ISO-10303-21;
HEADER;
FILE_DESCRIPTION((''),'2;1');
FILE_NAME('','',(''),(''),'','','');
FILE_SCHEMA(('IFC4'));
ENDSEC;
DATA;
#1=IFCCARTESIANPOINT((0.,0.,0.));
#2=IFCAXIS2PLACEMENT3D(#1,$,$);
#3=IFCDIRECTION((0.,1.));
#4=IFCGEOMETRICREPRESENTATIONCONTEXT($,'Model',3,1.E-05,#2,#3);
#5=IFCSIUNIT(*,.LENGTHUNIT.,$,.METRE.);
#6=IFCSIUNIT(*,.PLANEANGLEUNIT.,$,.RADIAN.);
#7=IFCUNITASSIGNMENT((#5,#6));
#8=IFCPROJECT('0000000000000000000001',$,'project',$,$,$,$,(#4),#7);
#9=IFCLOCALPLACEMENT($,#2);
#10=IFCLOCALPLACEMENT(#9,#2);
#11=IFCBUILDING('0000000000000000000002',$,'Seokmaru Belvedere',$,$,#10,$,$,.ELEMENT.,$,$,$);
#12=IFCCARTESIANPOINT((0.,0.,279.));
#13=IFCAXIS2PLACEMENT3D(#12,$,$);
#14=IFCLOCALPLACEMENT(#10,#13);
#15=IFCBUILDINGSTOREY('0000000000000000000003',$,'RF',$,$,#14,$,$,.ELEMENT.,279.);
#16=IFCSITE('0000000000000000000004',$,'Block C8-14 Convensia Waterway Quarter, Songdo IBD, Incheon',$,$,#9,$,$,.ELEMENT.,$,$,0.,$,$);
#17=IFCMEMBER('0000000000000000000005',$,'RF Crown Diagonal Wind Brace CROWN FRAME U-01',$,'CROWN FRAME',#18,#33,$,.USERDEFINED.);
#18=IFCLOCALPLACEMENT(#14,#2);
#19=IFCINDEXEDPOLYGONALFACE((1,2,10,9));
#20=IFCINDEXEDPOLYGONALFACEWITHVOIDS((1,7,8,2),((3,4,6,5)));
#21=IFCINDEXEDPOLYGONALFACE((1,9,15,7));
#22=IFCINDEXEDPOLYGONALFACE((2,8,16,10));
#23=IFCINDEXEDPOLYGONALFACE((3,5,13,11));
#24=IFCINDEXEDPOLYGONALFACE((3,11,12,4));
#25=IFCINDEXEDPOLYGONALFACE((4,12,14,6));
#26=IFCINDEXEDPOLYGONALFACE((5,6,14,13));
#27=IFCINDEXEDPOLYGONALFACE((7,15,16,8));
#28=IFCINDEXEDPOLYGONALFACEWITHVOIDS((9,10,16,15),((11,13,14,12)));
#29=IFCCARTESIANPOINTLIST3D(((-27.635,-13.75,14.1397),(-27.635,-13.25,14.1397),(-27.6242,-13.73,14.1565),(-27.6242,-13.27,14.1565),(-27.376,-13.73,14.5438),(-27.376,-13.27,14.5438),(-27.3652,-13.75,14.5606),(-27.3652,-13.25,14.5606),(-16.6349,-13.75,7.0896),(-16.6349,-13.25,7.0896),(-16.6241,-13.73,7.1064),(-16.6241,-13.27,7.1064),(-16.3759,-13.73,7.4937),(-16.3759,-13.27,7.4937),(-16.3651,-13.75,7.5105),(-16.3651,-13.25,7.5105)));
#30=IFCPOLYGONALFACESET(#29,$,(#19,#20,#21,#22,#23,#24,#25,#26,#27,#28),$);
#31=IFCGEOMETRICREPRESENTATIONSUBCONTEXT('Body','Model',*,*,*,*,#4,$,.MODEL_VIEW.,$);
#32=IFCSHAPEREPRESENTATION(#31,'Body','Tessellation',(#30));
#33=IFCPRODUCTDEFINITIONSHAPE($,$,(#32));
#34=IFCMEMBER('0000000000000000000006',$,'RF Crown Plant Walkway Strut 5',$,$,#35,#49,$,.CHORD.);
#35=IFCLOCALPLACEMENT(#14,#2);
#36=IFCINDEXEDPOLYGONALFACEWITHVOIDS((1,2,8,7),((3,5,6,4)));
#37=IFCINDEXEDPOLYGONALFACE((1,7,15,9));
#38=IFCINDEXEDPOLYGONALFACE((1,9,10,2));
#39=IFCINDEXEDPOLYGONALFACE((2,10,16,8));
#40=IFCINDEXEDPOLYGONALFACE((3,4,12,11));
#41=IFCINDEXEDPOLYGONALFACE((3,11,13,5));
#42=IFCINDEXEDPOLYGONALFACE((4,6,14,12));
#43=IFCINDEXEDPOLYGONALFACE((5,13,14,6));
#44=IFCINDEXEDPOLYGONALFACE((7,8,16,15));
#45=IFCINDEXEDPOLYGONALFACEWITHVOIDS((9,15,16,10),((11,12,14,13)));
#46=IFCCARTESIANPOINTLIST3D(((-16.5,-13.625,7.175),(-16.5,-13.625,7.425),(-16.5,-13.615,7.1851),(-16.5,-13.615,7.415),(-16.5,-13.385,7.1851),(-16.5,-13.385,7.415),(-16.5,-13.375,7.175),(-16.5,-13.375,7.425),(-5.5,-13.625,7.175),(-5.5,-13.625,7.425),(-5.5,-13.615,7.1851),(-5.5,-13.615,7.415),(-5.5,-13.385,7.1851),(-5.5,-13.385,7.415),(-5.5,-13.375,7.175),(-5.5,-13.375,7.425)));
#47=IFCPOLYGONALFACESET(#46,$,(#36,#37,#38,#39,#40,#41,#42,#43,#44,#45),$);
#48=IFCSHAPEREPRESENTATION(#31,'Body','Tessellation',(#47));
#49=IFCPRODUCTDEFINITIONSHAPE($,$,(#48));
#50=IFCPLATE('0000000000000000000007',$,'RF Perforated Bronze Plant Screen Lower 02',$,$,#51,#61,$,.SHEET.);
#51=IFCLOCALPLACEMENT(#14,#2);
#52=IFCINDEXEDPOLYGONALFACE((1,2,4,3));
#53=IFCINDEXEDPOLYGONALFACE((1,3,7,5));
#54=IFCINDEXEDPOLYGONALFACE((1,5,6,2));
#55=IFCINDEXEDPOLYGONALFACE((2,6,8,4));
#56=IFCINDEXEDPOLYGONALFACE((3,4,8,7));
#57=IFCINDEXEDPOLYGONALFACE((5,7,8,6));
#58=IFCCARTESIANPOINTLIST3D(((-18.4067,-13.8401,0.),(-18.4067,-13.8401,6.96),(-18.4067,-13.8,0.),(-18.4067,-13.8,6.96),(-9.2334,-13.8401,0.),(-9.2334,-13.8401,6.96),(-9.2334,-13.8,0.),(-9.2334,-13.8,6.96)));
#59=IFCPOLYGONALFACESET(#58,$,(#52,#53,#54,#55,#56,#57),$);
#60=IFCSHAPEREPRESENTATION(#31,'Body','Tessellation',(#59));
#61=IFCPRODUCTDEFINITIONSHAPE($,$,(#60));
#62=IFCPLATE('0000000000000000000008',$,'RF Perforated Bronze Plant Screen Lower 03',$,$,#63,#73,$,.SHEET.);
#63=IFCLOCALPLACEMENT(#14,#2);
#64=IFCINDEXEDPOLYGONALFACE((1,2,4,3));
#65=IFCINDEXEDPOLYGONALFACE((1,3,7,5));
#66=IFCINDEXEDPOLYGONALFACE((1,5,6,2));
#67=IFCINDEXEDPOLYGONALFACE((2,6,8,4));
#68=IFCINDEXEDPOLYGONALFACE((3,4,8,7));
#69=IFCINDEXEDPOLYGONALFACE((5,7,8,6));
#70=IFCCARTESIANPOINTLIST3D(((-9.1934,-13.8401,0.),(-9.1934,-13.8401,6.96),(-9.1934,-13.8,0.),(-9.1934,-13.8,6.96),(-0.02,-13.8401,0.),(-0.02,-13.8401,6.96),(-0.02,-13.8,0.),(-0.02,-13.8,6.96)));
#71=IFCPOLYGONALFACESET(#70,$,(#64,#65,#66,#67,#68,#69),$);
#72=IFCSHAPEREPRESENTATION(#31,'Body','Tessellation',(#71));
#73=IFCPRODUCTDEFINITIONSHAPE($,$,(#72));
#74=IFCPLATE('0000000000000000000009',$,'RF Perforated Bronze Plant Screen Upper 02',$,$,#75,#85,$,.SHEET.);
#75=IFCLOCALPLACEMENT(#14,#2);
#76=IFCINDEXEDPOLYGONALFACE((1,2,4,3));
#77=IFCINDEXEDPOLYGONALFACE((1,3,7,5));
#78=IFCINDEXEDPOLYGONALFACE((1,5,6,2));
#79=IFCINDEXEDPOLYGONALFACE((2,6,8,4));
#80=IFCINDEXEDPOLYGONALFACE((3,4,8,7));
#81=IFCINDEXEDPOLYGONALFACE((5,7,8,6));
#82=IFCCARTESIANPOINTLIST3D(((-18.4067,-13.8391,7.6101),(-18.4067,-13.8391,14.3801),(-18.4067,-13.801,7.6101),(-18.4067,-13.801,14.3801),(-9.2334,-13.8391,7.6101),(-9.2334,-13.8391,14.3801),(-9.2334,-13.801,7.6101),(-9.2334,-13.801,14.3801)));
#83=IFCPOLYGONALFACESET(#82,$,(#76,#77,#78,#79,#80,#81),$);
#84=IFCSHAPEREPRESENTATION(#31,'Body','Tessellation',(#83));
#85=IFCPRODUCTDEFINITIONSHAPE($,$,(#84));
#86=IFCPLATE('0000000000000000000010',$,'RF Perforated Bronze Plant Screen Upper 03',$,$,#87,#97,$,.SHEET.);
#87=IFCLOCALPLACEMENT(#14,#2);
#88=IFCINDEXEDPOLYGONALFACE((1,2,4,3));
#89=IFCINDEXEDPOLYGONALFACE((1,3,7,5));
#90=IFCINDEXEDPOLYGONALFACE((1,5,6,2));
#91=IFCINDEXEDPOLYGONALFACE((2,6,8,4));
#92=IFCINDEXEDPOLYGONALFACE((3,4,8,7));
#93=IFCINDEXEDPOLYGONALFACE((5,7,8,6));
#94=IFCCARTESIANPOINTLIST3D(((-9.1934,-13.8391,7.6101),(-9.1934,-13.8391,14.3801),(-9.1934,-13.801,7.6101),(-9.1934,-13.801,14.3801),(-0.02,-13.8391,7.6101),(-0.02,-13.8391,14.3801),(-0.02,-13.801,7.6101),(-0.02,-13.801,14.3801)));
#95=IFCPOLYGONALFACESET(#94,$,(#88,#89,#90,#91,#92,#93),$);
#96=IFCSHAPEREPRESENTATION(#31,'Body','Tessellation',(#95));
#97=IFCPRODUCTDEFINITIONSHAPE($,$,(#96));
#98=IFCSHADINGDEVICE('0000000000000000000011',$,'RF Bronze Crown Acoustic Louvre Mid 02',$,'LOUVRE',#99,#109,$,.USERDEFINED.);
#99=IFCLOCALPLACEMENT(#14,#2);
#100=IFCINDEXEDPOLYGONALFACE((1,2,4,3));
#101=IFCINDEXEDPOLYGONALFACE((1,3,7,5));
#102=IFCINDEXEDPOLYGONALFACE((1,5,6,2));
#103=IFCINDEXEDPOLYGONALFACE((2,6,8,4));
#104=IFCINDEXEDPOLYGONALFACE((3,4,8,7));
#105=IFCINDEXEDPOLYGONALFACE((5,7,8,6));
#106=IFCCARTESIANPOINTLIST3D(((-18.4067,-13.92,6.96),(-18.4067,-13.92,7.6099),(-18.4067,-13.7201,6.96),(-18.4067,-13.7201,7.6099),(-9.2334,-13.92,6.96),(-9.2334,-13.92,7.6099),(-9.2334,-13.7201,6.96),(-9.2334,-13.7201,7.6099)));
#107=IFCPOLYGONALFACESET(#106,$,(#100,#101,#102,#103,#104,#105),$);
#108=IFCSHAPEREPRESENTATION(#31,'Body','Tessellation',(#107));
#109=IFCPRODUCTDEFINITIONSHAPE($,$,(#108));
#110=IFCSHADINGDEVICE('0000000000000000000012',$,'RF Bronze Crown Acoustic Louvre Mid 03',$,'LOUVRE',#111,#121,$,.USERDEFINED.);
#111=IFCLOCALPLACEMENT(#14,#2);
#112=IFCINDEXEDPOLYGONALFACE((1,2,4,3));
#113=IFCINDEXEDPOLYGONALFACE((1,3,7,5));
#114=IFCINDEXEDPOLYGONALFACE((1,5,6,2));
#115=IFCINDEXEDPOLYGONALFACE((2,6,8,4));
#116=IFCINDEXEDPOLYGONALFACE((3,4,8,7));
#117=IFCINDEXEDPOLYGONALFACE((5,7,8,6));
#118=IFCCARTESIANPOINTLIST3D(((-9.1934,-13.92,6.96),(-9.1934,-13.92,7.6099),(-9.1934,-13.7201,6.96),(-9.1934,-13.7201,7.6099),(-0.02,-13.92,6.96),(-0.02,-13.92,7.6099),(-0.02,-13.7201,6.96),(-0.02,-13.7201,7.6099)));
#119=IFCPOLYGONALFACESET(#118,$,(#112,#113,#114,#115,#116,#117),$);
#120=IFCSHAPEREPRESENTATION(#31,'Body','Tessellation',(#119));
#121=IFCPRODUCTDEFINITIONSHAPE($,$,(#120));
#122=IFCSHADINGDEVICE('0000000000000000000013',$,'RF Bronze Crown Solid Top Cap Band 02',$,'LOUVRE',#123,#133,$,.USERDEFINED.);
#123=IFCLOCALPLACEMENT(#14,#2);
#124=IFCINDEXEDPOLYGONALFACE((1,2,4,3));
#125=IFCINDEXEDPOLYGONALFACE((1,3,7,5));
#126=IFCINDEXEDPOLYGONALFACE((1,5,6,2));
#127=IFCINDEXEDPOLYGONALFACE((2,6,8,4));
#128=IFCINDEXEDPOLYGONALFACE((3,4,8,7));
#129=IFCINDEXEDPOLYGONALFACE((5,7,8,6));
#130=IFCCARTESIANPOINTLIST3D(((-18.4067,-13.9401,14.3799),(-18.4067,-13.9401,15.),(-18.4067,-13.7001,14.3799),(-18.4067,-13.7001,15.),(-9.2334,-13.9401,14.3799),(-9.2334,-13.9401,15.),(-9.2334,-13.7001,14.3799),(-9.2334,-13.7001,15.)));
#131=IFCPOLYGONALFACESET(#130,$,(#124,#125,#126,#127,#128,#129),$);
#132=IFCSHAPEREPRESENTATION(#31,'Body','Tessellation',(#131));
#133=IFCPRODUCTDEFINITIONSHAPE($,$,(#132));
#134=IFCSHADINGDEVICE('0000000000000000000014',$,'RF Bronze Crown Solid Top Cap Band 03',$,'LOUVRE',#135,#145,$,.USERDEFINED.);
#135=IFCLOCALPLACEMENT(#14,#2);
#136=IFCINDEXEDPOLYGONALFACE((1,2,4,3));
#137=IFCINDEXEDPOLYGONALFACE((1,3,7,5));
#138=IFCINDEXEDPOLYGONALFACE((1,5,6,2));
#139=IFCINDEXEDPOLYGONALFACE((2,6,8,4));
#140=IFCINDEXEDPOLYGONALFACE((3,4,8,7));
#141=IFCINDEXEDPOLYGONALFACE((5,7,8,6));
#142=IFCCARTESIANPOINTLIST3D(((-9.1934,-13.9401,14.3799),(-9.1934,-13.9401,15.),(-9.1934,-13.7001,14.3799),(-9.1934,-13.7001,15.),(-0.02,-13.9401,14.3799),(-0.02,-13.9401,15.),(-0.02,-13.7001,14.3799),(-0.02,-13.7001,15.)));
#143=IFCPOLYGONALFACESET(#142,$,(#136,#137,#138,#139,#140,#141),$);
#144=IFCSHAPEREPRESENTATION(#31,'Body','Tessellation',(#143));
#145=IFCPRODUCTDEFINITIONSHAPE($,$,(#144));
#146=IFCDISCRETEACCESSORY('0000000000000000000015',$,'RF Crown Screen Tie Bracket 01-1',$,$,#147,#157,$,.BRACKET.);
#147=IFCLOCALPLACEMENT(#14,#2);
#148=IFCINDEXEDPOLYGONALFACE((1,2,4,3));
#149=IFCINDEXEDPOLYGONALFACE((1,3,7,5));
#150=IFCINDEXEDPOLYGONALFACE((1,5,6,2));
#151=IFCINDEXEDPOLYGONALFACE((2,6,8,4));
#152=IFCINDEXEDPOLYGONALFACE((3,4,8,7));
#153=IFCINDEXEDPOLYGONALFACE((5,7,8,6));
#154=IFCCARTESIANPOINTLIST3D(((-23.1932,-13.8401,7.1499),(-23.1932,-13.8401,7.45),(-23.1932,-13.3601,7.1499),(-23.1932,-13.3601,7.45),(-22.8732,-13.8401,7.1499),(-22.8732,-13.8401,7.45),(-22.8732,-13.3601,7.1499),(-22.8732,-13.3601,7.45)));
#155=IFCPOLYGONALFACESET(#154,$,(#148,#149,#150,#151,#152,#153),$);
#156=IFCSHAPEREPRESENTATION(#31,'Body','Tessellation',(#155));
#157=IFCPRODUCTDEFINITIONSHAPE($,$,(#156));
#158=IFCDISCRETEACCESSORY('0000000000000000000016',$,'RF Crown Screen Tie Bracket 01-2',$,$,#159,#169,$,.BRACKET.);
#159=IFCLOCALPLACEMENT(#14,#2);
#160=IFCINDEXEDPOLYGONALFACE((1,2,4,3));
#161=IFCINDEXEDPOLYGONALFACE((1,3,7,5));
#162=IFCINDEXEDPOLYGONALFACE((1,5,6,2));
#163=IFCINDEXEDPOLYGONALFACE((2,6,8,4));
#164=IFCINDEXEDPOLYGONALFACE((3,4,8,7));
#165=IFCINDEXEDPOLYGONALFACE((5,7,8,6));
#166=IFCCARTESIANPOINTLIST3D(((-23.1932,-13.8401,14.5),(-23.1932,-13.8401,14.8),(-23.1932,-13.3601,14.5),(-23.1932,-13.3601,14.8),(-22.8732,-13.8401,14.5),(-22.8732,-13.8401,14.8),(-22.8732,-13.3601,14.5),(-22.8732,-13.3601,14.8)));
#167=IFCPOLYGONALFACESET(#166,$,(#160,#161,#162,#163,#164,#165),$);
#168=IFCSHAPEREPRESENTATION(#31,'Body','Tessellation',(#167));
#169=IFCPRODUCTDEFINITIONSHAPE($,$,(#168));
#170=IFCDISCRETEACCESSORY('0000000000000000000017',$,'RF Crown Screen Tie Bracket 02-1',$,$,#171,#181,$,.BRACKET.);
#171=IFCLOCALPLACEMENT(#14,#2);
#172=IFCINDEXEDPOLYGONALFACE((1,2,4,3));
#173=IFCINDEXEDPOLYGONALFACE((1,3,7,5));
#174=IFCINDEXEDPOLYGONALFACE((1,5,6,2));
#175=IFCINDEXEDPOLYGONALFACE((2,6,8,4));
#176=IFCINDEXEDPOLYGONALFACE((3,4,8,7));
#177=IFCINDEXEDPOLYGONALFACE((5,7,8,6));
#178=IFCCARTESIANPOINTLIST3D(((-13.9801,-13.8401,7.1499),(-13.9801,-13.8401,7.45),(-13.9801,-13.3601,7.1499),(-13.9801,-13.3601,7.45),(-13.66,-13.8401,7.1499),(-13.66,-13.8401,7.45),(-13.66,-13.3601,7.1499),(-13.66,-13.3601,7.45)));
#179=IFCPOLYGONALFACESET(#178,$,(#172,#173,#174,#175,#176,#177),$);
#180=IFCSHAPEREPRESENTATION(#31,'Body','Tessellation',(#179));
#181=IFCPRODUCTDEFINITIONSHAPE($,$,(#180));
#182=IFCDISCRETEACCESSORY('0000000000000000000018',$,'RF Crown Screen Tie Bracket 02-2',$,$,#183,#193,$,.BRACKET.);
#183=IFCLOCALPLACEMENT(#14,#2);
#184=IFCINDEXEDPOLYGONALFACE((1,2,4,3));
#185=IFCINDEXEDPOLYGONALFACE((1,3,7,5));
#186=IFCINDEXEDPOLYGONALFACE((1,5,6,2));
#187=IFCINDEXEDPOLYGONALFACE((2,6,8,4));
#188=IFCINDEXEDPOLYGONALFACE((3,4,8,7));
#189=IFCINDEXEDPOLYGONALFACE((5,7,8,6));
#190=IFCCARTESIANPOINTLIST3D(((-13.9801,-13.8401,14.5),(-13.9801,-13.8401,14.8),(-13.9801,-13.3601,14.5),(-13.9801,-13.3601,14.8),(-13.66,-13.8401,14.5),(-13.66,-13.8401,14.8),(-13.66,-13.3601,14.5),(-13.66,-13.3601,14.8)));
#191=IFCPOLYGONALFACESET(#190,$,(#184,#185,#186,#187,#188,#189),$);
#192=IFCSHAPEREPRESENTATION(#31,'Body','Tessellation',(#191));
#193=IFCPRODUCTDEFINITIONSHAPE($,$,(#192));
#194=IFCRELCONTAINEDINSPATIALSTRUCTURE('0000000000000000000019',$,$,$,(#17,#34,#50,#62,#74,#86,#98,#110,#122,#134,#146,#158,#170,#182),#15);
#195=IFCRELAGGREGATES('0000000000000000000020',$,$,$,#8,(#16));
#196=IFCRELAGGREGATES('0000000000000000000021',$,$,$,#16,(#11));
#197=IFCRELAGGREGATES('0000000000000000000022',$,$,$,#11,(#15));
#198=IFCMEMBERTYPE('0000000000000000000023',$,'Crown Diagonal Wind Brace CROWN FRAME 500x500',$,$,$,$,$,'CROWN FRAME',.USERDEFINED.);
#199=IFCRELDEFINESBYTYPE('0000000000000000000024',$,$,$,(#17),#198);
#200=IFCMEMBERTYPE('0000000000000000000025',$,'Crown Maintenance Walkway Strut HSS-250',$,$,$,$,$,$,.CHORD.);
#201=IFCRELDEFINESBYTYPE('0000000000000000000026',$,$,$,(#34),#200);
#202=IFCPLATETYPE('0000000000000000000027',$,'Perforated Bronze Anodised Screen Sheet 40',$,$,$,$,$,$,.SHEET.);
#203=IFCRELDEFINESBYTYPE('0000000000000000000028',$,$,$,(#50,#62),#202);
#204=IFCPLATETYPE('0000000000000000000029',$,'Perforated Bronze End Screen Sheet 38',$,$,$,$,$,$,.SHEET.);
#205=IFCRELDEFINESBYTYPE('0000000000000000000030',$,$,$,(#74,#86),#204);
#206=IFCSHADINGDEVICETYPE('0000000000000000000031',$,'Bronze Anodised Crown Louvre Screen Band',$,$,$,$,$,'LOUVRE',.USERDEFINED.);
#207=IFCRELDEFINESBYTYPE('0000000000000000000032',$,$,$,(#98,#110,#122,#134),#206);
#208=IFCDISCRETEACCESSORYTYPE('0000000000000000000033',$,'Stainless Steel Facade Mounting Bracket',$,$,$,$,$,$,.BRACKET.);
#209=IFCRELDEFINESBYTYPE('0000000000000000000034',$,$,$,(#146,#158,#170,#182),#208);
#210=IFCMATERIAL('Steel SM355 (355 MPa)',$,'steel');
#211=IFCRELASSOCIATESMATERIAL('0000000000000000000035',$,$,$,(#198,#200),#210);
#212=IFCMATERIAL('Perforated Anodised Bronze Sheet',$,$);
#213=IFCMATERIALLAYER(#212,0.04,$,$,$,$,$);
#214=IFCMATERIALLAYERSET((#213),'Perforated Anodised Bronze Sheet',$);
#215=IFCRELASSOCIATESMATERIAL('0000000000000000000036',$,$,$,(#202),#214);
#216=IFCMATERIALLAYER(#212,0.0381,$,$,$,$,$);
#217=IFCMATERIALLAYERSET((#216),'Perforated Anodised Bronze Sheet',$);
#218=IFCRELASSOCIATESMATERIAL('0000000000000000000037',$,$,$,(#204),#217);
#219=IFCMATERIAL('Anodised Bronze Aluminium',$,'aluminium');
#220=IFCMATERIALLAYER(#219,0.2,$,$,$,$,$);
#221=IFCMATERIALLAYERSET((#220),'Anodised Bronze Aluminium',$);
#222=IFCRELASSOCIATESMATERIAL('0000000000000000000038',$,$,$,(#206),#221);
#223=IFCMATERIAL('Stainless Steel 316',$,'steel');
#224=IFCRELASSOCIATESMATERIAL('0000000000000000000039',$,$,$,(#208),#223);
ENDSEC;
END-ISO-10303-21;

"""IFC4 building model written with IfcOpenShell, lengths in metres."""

from ifc_helpers import new_model, si_unit, direction, frame, origin, origin_2d, place, context, subcontext, project, spatial, rectangle, hollow_rectangle, extrude, source, transform, mapped, material, layer, layer_set, material_profile, profile_set, type_object, type_shapes, element, save


model = new_model("IFC4")

# Units and contexts
model_context = context("Model", 3, precision=1e-05, world=origin(), true_north=direction((0.0, 1.0)))
body_context = subcontext(model_context, "Body", "Model", "MODEL_VIEW")
ifc_project = project(units=[si_unit("LENGTHUNIT", "METRE"), si_unit("PLANEANGLEUNIT", "RADIAN")], contexts=[model_context])

# Site, building, storey
site_placement = place(None, origin())
site = spatial("IfcSite", under=ifc_project, at=site_placement, Name="Block C8-14 Convensia Waterway Quarter, Songdo IBD, Incheon", CompositionType="ELEMENT", RefElevation=0.0)
building_placement = place(site_placement, origin())
building = spatial("IfcBuilding", under=site, at=building_placement, Name="Seokmaru Belvedere", CompositionType="ELEMENT")
storey_placement = place(building_placement, frame((0.0, 0.0, 279.0)))
storey = spatial("IfcBuildingStorey", under=building, at=storey_placement, Name="RF", CompositionType="ELEMENT", Elevation=279.0)

# Shared definitions
ifc_material_1 = material(Name="Steel SM355 (355 MPa)", Category="steel")

# Members
ifc_material_profile_1 = material_profile(ifc_material_1, hollow_rectangle(XDim=0.5, YDim=0.5, WallThickness=0.02, at=origin_2d()), Name="HSS-500x500x20")
ifc_profile_set_1 = profile_set([ifc_material_profile_1], Name="Steel SM355 (355 MPa)")
member_type_1 = type_object("IfcMemberType", Name="Crown Diagonal Wind Brace CROWN FRAME 500x500", ElementType="CROWN FRAME", PredefinedType="USERDEFINED", material=ifc_profile_set_1)
shared_shape_1 = source(origin(), body_context, "Body", "SweptSolid", [
    extrude(hollow_rectangle(XDim=0.5, YDim=0.5, WallThickness=0.02, at=origin_2d()), origin(), (0.0, 0.0, 1.0), 13.0654),
])
member_1_placement = place(storey_placement, frame((-16.5, -13.5, 7.3), z_axis=(-0.841922, 0.0, 0.539599), x_axis=(0.0, -1.0, 0.0)))
element("IfcMember", 1, at=member_1_placement, inside=storey, type_object=member_type_1, Name="RF Crown Diagonal Wind Brace CROWN FRAME U-01", ObjectType="CROWN FRAME", PredefinedType="USERDEFINED", context=body_context, shape_type="MappedRepresentation", body=[
    mapped(shared_shape_1, transform((0.0, 0.0, 0.0), scale=1.0)),
])
ifc_material_profile_2 = material_profile(ifc_material_1, hollow_rectangle(XDim=0.25, YDim=0.25, WallThickness=0.01, at=origin_2d()), Name="HSS-250x250x10")
ifc_profile_set_2 = profile_set([ifc_material_profile_2], Name="Steel SM355 (355 MPa)")
member_type_2 = type_object("IfcMemberType", Name="Crown Maintenance Walkway Strut HSS-250", PredefinedType="CHORD", material=ifc_profile_set_2)
shared_shape_2 = source(origin(), body_context, "Body", "SweptSolid", [
    extrude(hollow_rectangle(XDim=0.25, YDim=0.25, WallThickness=0.01, at=origin_2d()), origin(), (0.0, 0.0, 1.0), 11.0),
])
type_shapes(member_type_2, [shared_shape_2])
member_2_placement = place(storey_placement, frame((-16.5, -13.5, 7.3), z_axis=(1.0, 0.0, 0.0), x_axis=(0.0, 1.0, 0.0)))
element("IfcMember", 2, at=member_2_placement, inside=storey, type_object=member_type_2, Name="RF Crown Plant Walkway Strut 5", PredefinedType="CHORD", context=body_context, shape_type="MappedRepresentation", body=[
    mapped(shared_shape_2, transform((0.0, 0.0, 0.0), scale=1.0)),
])

# Plates
ifc_material_2 = material(Name="Perforated Anodised Bronze Sheet")
ifc_layer_1 = layer(ifc_material_2, 0.04)
ifc_layer_set_1 = layer_set([ifc_layer_1], Name="Perforated Anodised Bronze Sheet")
plate_type_1 = type_object("IfcPlateType", Name="Perforated Bronze Anodised Screen Sheet 40", PredefinedType="SHEET", material=ifc_layer_set_1)
shared_shape_3 = source(origin(), body_context, "Body", "SweptSolid", [
    extrude(rectangle(XDim=9.1733, YDim=0.04, at=origin_2d()), origin(), (0.0, 0.0, 1.0), 6.96),
])
type_shapes(plate_type_1, [shared_shape_3])
for number, where, z_axis, x_axis, name in (
    (3, (-13.8201, -13.8201, 0.0), (0.0, 0.0, 1.0), (1.0, 0.0, 0.0), "RF Perforated Bronze Plant Screen Lower 02"),
    (4, (-4.6067, -13.8201, 0.0), (0.0, 0.0, 1.0), (1.0, 0.0, 0.0), "RF Perforated Bronze Plant Screen Lower 03"),
):
    element("IfcPlate", number, at=place(storey_placement, frame(where, z_axis=z_axis, x_axis=x_axis)), inside=storey, type_object=plate_type_1, Name=name, PredefinedType="SHEET", context=body_context, shape_type="MappedRepresentation", body=[
        mapped(shared_shape_3, transform((0.0, 0.0, 0.0), scale=1.0)),
    ])
ifc_layer_2 = layer(ifc_material_2, 0.0381)
ifc_layer_set_2 = layer_set([ifc_layer_2], Name="Perforated Anodised Bronze Sheet")
plate_type_2 = type_object("IfcPlateType", Name="Perforated Bronze End Screen Sheet 38", PredefinedType="SHEET", material=ifc_layer_set_2)
shared_shape_4 = source(origin(), body_context, "Body", "SweptSolid", [
    extrude(rectangle(XDim=9.1733, YDim=0.0381, at=origin_2d()), origin(), (0.0, 0.0, 1.0), 6.77),
])
type_shapes(plate_type_2, [shared_shape_4])
for number, where, z_axis, x_axis, name in (
    (5, (-13.8201, -13.8201, 7.6101), (0.0, 0.0, 1.0), (1.0, 0.0, 0.0), "RF Perforated Bronze Plant Screen Upper 02"),
    (6, (-4.6067, -13.8201, 7.6101), (0.0, 0.0, 1.0), (1.0, 0.0, 0.0), "RF Perforated Bronze Plant Screen Upper 03"),
):
    element("IfcPlate", number, at=place(storey_placement, frame(where, z_axis=z_axis, x_axis=x_axis)), inside=storey, type_object=plate_type_2, Name=name, PredefinedType="SHEET", context=body_context, shape_type="MappedRepresentation", body=[
        mapped(shared_shape_4, transform((0.0, 0.0, 0.0), scale=1.0)),
    ])

# Shading devices
ifc_material_3 = material(Name="Anodised Bronze Aluminium", Category="aluminium")
ifc_layer_3 = layer(ifc_material_3, 0.2)
ifc_layer_set_3 = layer_set([ifc_layer_3], Name="Anodised Bronze Aluminium")
shading_device_type = type_object("IfcShadingDeviceType", Name="Bronze Anodised Crown Louvre Screen Band", ElementType="LOUVRE", PredefinedType="USERDEFINED", material=ifc_layer_set_3)
shared_shape_5 = source(origin(), body_context, "Body", "SweptSolid", [
    extrude(rectangle(XDim=9.1733, YDim=0.2, at=origin_2d()), origin(), (0.0, 0.0, 1.0), 0.6499),
])
for number, where, z_axis, x_axis, name in (
    (7, (-13.8201, -13.8201, 6.96), (0.0, 0.0, 1.0), (1.0, 0.0, 0.0), "RF Bronze Crown Acoustic Louvre Mid 02"),
    (8, (-4.6067, -13.8201, 6.96), (0.0, 0.0, 1.0), (1.0, 0.0, 0.0), "RF Bronze Crown Acoustic Louvre Mid 03"),
):
    element("IfcShadingDevice", number, at=place(storey_placement, frame(where, z_axis=z_axis, x_axis=x_axis)), inside=storey, type_object=shading_device_type, Name=name, ObjectType="LOUVRE", PredefinedType="USERDEFINED", context=body_context, shape_type="MappedRepresentation", body=[
        mapped(shared_shape_5, transform((0.0, 0.0, 0.0), scale=1.0)),
    ])
shared_shape_6 = source(origin(), body_context, "Body", "SweptSolid", [
    extrude(rectangle(XDim=9.1733, YDim=0.24, at=origin_2d()), origin(), (0.0, 0.0, 1.0), 0.6201),
])
type_shapes(shading_device_type, [shared_shape_5, shared_shape_6])
for number, where, z_axis, x_axis, name in (
    (9, (-13.8201, -13.8201, 14.3799), (0.0, 0.0, 1.0), (1.0, 0.0, 0.0), "RF Bronze Crown Solid Top Cap Band 02"),
    (10, (-4.6067, -13.8201, 14.3799), (0.0, 0.0, 1.0), (1.0, 0.0, 0.0), "RF Bronze Crown Solid Top Cap Band 03"),
):
    element("IfcShadingDevice", number, at=place(storey_placement, frame(where, z_axis=z_axis, x_axis=x_axis)), inside=storey, type_object=shading_device_type, Name=name, ObjectType="LOUVRE", PredefinedType="USERDEFINED", context=body_context, shape_type="MappedRepresentation", body=[
        mapped(shared_shape_6, transform((0.0, 0.0, 0.0), scale=1.0)),
    ])

# Discrete accessories
ifc_material_4 = material(Name="Stainless Steel 316", Category="steel")
discrete_accessory_type_1 = type_object("IfcDiscreteAccessoryType", Name="Stainless Steel Facade Mounting Bracket", PredefinedType="BRACKET", material=ifc_material_4)
shared_shape_7 = source(origin(), body_context, "Body", "SweptSolid", [
    extrude(rectangle(XDim=0.3201, YDim=0.48, at=origin_2d()), origin(), (0.0, 0.0, 1.0), 0.3),
])
type_shapes(discrete_accessory_type_1, [shared_shape_7])
for number, where, z_axis, x_axis, name in (
    (11, (-23.0332, -13.6001, 7.1499), (0.0, 0.0, 1.0), (1.0, 0.0, 0.0), "RF Crown Screen Tie Bracket 01-1"),
    (12, (-23.0332, -13.6001, 14.5), (0.0, 0.0, 1.0), (1.0, 0.0, 0.0), "RF Crown Screen Tie Bracket 01-2"),
    (13, (-13.8201, -13.6001, 7.1499), (0.0, 0.0, 1.0), (1.0, 0.0, 0.0), "RF Crown Screen Tie Bracket 02-1"),
    (14, (-13.8201, -13.6001, 14.5), (0.0, 0.0, 1.0), (1.0, 0.0, 0.0), "RF Crown Screen Tie Bracket 02-2"),
):
    element("IfcDiscreteAccessory", number, at=place(storey_placement, frame(where, z_axis=z_axis, x_axis=x_axis)), inside=storey, type_object=discrete_accessory_type_1, Name=name, PredefinedType="BRACKET", context=body_context, shape_type="MappedRepresentation", body=[
        mapped(shared_shape_7, transform((0.0, 0.0, 0.0), scale=1.0)),
    ])

save(model, "model.ifc")
